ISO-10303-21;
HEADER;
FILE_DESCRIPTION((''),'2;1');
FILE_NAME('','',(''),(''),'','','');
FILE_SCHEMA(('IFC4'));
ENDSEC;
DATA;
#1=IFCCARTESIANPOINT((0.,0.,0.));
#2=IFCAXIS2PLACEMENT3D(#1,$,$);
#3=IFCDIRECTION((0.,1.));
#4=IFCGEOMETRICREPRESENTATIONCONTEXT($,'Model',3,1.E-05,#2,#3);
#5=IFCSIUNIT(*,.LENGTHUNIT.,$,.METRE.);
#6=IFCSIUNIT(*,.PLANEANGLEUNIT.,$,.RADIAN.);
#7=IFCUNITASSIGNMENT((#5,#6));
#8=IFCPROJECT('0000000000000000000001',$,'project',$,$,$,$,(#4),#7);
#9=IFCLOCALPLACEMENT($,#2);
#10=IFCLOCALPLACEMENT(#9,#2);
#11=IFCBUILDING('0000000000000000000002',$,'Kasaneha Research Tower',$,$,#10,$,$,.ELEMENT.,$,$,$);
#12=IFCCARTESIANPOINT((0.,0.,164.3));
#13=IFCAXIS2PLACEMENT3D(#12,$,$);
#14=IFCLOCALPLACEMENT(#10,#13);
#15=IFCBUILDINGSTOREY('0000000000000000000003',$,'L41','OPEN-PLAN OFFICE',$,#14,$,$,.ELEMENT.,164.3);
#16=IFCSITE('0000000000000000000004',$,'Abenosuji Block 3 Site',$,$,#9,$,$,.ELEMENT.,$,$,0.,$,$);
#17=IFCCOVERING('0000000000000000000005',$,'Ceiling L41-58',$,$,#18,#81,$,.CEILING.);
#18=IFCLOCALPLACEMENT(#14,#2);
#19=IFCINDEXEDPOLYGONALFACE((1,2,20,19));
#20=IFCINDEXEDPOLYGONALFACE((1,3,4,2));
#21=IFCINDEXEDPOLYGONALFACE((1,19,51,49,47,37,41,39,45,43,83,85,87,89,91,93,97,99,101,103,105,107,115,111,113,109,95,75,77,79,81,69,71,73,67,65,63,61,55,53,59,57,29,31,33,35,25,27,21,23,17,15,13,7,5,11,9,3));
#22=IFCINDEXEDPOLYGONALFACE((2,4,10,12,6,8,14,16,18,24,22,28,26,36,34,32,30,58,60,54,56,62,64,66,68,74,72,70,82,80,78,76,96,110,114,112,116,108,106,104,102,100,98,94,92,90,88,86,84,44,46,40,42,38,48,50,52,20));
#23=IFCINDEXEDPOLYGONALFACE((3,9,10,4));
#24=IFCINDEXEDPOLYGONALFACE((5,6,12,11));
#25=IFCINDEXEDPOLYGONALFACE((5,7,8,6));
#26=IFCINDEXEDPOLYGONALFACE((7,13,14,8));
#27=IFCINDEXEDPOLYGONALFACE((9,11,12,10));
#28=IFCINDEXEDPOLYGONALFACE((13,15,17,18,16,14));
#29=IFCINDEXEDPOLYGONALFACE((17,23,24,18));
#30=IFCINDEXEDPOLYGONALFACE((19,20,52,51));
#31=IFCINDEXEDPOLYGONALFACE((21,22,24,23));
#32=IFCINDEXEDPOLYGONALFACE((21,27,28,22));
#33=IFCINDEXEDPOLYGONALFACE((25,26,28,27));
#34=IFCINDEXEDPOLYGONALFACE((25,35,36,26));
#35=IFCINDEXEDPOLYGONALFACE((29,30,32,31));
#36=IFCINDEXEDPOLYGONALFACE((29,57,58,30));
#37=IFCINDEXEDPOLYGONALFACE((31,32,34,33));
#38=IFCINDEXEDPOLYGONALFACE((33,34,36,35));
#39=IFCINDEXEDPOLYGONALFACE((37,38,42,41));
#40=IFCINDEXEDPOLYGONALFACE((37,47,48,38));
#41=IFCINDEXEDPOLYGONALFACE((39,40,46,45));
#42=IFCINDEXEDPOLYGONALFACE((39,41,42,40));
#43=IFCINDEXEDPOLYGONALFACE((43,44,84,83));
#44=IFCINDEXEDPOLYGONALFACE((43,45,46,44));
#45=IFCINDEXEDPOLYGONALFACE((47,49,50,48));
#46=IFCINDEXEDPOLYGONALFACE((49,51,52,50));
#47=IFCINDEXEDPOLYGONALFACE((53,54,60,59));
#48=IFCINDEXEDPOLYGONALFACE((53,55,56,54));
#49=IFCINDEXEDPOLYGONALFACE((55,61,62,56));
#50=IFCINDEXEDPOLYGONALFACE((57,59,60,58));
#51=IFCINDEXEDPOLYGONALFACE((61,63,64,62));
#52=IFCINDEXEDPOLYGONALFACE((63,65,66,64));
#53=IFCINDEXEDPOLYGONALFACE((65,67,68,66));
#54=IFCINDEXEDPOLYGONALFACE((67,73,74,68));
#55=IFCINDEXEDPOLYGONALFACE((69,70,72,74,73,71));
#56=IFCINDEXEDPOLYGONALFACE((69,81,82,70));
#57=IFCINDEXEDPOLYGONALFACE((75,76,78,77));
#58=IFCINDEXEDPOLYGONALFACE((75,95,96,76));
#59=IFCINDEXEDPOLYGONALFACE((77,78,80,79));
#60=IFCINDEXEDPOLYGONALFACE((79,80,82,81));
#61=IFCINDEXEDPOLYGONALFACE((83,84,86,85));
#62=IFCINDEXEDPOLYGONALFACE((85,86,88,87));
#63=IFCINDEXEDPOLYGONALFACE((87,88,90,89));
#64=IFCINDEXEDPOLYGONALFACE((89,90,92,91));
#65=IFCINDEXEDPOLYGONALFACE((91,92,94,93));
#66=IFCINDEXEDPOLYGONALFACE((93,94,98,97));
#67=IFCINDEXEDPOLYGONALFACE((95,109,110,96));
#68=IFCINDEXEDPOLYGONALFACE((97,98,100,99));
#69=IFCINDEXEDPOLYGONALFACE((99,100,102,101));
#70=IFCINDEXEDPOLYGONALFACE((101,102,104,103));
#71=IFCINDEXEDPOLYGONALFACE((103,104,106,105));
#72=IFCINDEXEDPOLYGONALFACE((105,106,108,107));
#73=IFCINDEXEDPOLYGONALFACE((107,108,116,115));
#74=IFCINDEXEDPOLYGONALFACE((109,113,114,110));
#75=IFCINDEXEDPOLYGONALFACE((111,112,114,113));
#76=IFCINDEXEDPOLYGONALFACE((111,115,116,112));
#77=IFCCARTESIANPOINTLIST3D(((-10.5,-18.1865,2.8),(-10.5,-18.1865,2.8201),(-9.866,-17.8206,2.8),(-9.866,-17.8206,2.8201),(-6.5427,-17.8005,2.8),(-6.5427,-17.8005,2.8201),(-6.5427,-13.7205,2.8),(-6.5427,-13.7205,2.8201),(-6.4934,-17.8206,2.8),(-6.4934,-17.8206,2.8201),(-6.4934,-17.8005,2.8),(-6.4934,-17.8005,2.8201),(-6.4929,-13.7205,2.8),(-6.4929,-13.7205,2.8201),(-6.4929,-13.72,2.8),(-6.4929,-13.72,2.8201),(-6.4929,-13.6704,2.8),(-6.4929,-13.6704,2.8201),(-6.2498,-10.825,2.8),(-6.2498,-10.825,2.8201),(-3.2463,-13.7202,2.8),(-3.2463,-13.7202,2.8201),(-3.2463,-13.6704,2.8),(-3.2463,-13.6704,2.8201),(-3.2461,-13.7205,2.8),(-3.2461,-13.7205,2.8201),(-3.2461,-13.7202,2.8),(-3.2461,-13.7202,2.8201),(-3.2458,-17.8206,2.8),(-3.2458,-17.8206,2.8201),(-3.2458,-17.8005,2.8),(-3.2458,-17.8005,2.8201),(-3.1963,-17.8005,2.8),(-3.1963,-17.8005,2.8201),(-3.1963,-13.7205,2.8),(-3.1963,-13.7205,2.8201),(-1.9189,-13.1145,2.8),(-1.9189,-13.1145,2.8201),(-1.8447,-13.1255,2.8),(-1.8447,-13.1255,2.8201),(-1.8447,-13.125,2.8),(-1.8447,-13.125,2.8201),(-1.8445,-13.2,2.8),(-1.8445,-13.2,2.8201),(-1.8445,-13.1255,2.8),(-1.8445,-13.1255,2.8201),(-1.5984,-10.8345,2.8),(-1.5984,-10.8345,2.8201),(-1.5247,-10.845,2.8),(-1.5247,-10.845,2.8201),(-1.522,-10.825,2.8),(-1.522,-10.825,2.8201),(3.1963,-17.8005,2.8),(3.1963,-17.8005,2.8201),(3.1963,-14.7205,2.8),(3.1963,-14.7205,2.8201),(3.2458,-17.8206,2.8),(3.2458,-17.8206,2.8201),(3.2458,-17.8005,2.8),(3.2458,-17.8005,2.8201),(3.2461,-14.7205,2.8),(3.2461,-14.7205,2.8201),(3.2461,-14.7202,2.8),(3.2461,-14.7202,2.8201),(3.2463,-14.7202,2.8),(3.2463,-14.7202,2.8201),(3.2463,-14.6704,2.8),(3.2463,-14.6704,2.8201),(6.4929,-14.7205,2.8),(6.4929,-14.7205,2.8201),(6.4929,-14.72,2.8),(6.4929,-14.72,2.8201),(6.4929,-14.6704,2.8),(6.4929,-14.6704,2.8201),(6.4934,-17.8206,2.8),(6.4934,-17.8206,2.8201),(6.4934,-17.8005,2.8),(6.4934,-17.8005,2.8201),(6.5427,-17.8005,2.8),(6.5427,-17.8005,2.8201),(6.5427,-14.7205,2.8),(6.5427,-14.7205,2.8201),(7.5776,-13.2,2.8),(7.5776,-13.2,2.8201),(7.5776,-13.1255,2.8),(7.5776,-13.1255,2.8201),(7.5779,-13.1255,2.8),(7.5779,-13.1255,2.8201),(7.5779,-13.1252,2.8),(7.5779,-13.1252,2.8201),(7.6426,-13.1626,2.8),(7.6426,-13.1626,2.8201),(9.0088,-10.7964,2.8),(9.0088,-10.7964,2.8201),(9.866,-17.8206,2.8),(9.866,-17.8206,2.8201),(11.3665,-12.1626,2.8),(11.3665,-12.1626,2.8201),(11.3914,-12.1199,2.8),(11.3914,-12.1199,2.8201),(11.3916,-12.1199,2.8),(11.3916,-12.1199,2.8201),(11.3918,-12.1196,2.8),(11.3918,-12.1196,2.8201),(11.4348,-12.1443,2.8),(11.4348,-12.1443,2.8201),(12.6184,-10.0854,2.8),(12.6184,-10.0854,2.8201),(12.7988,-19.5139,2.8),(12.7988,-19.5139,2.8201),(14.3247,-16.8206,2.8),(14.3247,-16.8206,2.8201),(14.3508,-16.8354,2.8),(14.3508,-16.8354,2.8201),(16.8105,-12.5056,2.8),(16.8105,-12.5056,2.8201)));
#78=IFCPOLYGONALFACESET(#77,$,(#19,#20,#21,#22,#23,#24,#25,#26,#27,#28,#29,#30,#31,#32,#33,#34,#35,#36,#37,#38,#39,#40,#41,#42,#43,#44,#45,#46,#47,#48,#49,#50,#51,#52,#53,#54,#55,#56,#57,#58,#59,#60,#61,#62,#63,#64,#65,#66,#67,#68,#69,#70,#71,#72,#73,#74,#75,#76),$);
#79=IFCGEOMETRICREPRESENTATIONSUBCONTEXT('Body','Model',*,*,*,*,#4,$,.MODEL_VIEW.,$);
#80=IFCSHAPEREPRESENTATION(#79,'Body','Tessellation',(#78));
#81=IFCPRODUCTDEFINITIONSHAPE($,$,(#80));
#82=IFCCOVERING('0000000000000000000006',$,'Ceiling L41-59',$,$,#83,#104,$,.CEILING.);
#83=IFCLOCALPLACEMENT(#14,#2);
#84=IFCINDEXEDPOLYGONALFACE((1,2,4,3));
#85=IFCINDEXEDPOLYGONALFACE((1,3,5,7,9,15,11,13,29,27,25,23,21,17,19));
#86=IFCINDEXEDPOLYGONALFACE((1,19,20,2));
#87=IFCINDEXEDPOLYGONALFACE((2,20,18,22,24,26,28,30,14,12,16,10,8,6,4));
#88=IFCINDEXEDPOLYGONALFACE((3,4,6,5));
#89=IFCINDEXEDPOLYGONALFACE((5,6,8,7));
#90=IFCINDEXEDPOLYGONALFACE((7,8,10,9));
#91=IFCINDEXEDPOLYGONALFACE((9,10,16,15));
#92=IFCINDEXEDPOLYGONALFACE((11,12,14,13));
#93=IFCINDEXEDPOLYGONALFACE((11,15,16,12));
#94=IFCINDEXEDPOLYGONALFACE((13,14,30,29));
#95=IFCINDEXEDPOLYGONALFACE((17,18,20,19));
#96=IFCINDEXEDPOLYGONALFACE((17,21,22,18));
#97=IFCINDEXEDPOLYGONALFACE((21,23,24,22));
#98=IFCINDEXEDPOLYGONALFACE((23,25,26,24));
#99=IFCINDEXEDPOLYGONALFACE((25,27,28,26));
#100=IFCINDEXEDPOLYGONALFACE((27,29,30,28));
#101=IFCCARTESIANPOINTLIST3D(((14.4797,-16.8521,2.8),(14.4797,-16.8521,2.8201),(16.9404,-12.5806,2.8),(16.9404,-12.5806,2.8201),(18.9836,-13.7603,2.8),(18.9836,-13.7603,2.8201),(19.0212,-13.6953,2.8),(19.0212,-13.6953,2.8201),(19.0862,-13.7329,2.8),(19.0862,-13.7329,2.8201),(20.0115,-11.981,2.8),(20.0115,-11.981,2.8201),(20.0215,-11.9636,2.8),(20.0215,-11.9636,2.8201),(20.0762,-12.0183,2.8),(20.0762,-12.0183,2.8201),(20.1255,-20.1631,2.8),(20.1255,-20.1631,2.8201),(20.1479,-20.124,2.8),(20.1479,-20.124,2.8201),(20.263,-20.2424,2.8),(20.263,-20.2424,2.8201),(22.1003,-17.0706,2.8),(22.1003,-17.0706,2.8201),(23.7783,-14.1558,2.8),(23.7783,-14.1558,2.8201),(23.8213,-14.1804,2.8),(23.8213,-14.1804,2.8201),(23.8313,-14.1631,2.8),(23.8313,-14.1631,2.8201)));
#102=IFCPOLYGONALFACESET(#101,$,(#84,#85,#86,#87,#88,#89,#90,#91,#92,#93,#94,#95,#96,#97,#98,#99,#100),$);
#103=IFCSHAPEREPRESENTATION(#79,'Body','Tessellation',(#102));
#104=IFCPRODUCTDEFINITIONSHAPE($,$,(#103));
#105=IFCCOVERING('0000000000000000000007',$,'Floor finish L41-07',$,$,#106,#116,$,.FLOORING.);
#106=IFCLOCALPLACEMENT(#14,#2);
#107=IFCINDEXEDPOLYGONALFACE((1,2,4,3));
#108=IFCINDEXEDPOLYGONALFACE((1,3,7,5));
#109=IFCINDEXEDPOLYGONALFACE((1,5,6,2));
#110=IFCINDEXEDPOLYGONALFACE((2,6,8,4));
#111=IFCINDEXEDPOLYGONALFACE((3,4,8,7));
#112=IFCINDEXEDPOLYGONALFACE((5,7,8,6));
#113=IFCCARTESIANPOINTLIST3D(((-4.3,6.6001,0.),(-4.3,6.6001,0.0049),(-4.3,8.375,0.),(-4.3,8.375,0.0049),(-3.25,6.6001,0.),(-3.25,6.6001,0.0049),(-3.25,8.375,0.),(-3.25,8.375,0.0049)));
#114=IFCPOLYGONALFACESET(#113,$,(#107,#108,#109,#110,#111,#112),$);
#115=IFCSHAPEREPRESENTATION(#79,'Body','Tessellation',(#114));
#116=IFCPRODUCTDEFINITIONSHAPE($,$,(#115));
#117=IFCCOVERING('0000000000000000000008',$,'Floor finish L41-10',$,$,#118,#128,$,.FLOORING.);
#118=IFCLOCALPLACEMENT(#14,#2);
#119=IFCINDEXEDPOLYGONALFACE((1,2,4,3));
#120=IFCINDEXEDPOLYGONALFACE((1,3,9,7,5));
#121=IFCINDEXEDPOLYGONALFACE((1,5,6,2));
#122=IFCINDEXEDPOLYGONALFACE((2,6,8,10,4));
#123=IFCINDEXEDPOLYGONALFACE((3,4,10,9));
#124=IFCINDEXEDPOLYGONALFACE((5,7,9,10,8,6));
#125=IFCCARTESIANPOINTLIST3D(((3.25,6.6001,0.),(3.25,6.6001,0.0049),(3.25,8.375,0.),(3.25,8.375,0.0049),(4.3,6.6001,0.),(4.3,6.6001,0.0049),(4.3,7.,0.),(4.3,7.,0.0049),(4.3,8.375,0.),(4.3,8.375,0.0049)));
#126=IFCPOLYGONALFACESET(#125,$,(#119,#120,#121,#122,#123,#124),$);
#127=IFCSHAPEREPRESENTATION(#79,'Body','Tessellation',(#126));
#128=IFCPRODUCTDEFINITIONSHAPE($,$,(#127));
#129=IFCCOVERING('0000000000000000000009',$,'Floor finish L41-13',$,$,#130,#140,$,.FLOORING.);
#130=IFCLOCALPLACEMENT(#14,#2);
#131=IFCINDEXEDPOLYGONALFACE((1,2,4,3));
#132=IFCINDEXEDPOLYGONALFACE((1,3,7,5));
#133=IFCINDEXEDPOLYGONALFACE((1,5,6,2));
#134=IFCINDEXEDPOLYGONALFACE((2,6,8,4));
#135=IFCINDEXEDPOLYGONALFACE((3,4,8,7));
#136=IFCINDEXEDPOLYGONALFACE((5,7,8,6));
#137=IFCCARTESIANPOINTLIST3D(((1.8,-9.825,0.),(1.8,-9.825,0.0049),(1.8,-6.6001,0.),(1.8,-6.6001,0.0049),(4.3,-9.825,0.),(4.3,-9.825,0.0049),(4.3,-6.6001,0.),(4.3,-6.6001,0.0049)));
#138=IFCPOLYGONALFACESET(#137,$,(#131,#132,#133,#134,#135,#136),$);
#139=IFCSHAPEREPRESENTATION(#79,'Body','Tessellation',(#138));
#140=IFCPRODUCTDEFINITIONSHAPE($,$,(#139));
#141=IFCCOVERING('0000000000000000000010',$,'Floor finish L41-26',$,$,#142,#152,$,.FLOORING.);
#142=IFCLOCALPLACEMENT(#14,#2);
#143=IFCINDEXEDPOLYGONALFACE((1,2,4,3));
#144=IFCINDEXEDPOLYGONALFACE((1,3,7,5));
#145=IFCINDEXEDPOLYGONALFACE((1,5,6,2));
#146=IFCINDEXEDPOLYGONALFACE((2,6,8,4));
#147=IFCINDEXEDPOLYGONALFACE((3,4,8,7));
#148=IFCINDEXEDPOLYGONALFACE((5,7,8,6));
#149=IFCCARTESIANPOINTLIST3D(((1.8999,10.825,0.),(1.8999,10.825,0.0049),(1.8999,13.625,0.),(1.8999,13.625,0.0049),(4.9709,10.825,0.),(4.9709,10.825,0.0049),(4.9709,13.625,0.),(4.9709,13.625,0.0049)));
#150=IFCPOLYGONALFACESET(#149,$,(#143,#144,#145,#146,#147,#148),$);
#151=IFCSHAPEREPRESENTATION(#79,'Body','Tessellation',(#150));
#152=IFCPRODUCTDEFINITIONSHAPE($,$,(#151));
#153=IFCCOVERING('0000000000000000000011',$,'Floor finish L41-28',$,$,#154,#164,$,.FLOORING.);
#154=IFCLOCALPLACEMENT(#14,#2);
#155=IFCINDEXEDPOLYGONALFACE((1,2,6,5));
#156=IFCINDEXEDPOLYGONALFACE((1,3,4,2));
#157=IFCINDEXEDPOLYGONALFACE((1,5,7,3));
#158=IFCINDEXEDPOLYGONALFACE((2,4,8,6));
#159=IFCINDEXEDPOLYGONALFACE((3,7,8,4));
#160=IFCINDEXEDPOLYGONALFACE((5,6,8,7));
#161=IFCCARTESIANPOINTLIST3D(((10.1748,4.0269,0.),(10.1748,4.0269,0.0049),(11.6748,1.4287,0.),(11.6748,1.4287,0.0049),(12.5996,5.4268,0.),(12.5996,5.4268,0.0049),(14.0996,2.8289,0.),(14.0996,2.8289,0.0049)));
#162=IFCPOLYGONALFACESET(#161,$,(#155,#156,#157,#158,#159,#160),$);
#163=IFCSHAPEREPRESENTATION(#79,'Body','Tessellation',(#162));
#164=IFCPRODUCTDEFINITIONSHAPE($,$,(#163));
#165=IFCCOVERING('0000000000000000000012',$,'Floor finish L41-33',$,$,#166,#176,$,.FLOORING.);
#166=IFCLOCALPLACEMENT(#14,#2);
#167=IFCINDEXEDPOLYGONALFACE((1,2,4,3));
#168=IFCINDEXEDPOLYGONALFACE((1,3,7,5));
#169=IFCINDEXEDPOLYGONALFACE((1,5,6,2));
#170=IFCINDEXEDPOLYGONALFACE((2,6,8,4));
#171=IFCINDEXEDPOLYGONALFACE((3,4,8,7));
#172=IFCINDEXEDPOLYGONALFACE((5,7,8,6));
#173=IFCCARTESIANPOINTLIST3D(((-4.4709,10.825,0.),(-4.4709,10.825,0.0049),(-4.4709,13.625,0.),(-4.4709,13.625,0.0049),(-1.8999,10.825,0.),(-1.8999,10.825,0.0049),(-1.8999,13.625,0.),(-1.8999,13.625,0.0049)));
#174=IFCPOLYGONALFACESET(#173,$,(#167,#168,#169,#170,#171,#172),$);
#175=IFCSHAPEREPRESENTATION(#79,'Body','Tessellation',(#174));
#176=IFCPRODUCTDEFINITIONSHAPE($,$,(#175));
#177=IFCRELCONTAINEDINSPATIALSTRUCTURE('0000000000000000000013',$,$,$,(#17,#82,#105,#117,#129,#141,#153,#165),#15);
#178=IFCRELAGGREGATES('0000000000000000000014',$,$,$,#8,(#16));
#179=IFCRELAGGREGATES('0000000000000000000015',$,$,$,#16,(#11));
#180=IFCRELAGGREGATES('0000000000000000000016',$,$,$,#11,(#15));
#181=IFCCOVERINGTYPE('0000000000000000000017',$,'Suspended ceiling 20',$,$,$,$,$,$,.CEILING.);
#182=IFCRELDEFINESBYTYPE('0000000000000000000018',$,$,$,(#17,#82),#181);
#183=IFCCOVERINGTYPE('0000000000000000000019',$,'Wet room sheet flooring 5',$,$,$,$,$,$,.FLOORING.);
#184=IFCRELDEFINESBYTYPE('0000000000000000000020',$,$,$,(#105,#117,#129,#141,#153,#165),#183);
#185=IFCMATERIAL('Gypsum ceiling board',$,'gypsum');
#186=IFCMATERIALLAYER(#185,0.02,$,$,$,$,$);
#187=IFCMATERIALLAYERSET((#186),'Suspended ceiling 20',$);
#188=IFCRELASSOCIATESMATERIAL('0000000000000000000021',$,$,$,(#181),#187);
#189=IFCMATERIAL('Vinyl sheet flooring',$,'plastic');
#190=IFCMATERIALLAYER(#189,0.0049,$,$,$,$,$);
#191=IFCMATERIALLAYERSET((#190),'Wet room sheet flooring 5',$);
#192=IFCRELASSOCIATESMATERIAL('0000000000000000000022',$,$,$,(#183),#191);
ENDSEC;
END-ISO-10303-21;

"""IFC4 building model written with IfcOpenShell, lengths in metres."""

from ifc_helpers import new_model, si_unit, direction, frame, origin, place, context, subcontext, project, spatial, polyline, outline, extrude, material, layer, layer_set, type_object, element, save


model = new_model("IFC4")

# Units and contexts
model_context = context("Model", 3, precision=1e-05, world=origin(), true_north=direction((0.0, 1.0)))
body_context = subcontext(model_context, "Body", "Model", "MODEL_VIEW")
ifc_project = project(units=[si_unit("LENGTHUNIT", "METRE"), si_unit("PLANEANGLEUNIT", "RADIAN")], contexts=[model_context])

# Site, building, storey
site_placement = place(None, origin())
site = spatial("IfcSite", under=ifc_project, at=site_placement, Name="Abenosuji Block 3 Site", CompositionType="ELEMENT", RefElevation=0.0)
building_placement = place(site_placement, origin())
building = spatial("IfcBuilding", under=site, at=building_placement, Name="Kasaneha Research Tower", CompositionType="ELEMENT")
storey_placement = place(building_placement, frame((0.0, 0.0, 164.3)))
storey = spatial("IfcBuildingStorey", under=building, at=storey_placement, Name="L41", Description="OPEN-PLAN OFFICE", CompositionType="ELEMENT", Elevation=164.3)

# Coverings
ifc_material_1 = material(Name="Gypsum ceiling board", Category="gypsum")
ifc_layer_1 = layer(ifc_material_1, 0.02)
ifc_layer_set_1 = layer_set([ifc_layer_1], Name="Suspended ceiling 20")
covering_type_1 = type_object("IfcCoveringType", Name="Suspended ceiling 20", PredefinedType="CEILING", material=ifc_layer_set_1)
covering_1_placement = place(storey_placement, frame((0.0, 0.0, 2.8)))
element("IfcCovering", 1, at=covering_1_placement, inside=storey, type_object=covering_type_1, Name="Ceiling L41-58", PredefinedType="CEILING", context=body_context, shape_type="SweptSolid", body=[
    extrude(outline(polyline([(6.4929, -14.72), (6.4929, -14.6704), (3.2463, -14.6704), (3.2463, -14.7202), (3.2461, -14.7202), (3.2461, -14.7205), (3.1963, -14.7205), (3.1963, -17.8005), (3.2458, -17.8005), (3.2458, -17.8206), (-3.2458, -17.8206), (-3.2458, -17.8005), (-3.1963, -17.8005), (-3.1963, -13.7205), (-3.2461, -13.7205), (-3.2461, -13.7202), (-3.2463, -13.7202), (-3.2463, -13.6704), (-6.4929, -13.6704), (-6.4929, -13.72), (-6.4929, -13.72), (-6.4929, -13.7205), (-6.5427, -13.7205), (-6.5427, -17.8005), (-6.4934, -17.8005), (-6.4934, -17.8206), (-9.866, -17.8206), (-10.5, -18.1865), (-6.2498, -10.825), (-1.522, -10.825), (-1.5247, -10.845), (-1.5984, -10.8345), (-1.9189, -13.1145), (-1.8447, -13.125), (-1.8447, -13.1255), (-1.8445, -13.1255), (-1.8445, -13.2), (7.5776, -13.2), (7.5776, -13.1255), (7.5779, -13.1255), (7.5779, -13.1252), (7.6426, -13.1626), (9.0088, -10.7964), (11.3665, -12.1626), (11.3914, -12.1199), (11.3916, -12.1199), (11.3918, -12.1196), (11.4348, -12.1443), (12.6184, -10.0854), (16.8105, -12.5056), (14.3247, -16.8206), (14.3508, -16.8354), (12.7988, -19.5139), (9.866, -17.8206), (6.4934, -17.8206), (6.4934, -17.8005), (6.5427, -17.8005), (6.5427, -14.7205), (6.4929, -14.7205), (6.4929, -14.72), (6.4929, -14.72)])), origin(), (0.0, 0.0, 1.0), 0.02),
])
covering_2_placement = place(storey_placement, frame((0.0, 0.0, 2.8)))
element("IfcCovering", 2, at=covering_2_placement, inside=storey, type_object=covering_type_1, Name="Ceiling L41-59", PredefinedType="CEILING", context=body_context, shape_type="SweptSolid", body=[
    extrude(outline(polyline([(23.8313, -14.1631), (23.8213, -14.1804), (23.7783, -14.1558), (22.1003, -17.0706), (20.2629, -20.2424), (20.2952, -20.261), (20.1255, -20.1631), (20.1479, -20.124), (14.4797, -16.8521), (16.9404, -12.5806), (18.9836, -13.7603), (19.0212, -13.6953), (19.0862, -13.7329), (20.0762, -12.0183), (20.0115, -11.981), (20.0215, -11.9636), (23.8313, -14.1631)])), origin(), (0.0, 0.0, 1.0), 0.02),
])
ifc_material_2 = material(Name="Vinyl sheet flooring", Category="plastic")
ifc_layer_2 = layer(ifc_material_2, 0.0049)
ifc_layer_set_2 = layer_set([ifc_layer_2], Name="Wet room sheet flooring 5")
covering_type_2 = type_object("IfcCoveringType", Name="Wet room sheet flooring 5", PredefinedType="FLOORING", material=ifc_layer_set_2)
covering_3_placement = place(storey_placement, origin())
element("IfcCovering", 3, at=covering_3_placement, inside=storey, type_object=covering_type_2, Name="Floor finish L41-07", PredefinedType="FLOORING", context=body_context, shape_type="SweptSolid", body=[
    extrude(outline(polyline([(-4.3, 6.6001), (-4.3, 8.375), (-3.25, 8.375), (-3.25, 6.6001), (-4.3, 6.6001)])), origin(), (0.0, 0.0, 1.0), 0.0049),
])
covering_4_placement = place(storey_placement, origin())
element("IfcCovering", 4, at=covering_4_placement, inside=storey, type_object=covering_type_2, Name="Floor finish L41-10", PredefinedType="FLOORING", context=body_context, shape_type="SweptSolid", body=[
    extrude(outline(polyline([(3.25, 6.6001), (3.25, 8.375), (4.3, 8.375), (4.3, 7.0), (4.3, 6.6001), (3.25, 6.6001)])), origin(), (0.0, 0.0, 1.0), 0.0049),
])
covering_5_placement = place(storey_placement, origin())
element("IfcCovering", 5, at=covering_5_placement, inside=storey, type_object=covering_type_2, Name="Floor finish L41-13", PredefinedType="FLOORING", context=body_context, shape_type="SweptSolid", body=[
    extrude(outline(polyline([(1.8, -9.825), (1.8, -6.6001), (4.3, -6.6001), (4.3, -9.825), (1.8, -9.825)])), origin(), (0.0, 0.0, 1.0), 0.0049),
])
covering_6_placement = place(storey_placement, origin())
element("IfcCovering", 6, at=covering_6_placement, inside=storey, type_object=covering_type_2, Name="Floor finish L41-26", PredefinedType="FLOORING", context=body_context, shape_type="SweptSolid", body=[
    extrude(outline(polyline([(4.9709, 13.625), (4.9709, 10.825), (1.8999, 10.825), (1.8999, 13.625), (4.9709, 13.625)])), origin(), (0.0, 0.0, 1.0), 0.0049),
])
covering_7_placement = place(storey_placement, origin())
element("IfcCovering", 7, at=covering_7_placement, inside=storey, type_object=covering_type_2, Name="Floor finish L41-28", PredefinedType="FLOORING", context=body_context, shape_type="SweptSolid", body=[
    extrude(outline(polyline([(14.0996, 2.8289), (11.6748, 1.4287), (10.1748, 4.0269), (12.5996, 5.4268), (14.0996, 2.8289)])), origin(), (0.0, 0.0, 1.0), 0.0049),
])
covering_8_placement = place(storey_placement, origin())
element("IfcCovering", 8, at=covering_8_placement, inside=storey, type_object=covering_type_2, Name="Floor finish L41-33", PredefinedType="FLOORING", context=body_context, shape_type="SweptSolid", body=[
    extrude(outline(polyline([(-1.8999, 13.625), (-1.8999, 10.825), (-4.4709, 10.825), (-4.4709, 13.625), (-1.8999, 13.625)])), origin(), (0.0, 0.0, 1.0), 0.0049),
])

save(model, "model.ifc")
